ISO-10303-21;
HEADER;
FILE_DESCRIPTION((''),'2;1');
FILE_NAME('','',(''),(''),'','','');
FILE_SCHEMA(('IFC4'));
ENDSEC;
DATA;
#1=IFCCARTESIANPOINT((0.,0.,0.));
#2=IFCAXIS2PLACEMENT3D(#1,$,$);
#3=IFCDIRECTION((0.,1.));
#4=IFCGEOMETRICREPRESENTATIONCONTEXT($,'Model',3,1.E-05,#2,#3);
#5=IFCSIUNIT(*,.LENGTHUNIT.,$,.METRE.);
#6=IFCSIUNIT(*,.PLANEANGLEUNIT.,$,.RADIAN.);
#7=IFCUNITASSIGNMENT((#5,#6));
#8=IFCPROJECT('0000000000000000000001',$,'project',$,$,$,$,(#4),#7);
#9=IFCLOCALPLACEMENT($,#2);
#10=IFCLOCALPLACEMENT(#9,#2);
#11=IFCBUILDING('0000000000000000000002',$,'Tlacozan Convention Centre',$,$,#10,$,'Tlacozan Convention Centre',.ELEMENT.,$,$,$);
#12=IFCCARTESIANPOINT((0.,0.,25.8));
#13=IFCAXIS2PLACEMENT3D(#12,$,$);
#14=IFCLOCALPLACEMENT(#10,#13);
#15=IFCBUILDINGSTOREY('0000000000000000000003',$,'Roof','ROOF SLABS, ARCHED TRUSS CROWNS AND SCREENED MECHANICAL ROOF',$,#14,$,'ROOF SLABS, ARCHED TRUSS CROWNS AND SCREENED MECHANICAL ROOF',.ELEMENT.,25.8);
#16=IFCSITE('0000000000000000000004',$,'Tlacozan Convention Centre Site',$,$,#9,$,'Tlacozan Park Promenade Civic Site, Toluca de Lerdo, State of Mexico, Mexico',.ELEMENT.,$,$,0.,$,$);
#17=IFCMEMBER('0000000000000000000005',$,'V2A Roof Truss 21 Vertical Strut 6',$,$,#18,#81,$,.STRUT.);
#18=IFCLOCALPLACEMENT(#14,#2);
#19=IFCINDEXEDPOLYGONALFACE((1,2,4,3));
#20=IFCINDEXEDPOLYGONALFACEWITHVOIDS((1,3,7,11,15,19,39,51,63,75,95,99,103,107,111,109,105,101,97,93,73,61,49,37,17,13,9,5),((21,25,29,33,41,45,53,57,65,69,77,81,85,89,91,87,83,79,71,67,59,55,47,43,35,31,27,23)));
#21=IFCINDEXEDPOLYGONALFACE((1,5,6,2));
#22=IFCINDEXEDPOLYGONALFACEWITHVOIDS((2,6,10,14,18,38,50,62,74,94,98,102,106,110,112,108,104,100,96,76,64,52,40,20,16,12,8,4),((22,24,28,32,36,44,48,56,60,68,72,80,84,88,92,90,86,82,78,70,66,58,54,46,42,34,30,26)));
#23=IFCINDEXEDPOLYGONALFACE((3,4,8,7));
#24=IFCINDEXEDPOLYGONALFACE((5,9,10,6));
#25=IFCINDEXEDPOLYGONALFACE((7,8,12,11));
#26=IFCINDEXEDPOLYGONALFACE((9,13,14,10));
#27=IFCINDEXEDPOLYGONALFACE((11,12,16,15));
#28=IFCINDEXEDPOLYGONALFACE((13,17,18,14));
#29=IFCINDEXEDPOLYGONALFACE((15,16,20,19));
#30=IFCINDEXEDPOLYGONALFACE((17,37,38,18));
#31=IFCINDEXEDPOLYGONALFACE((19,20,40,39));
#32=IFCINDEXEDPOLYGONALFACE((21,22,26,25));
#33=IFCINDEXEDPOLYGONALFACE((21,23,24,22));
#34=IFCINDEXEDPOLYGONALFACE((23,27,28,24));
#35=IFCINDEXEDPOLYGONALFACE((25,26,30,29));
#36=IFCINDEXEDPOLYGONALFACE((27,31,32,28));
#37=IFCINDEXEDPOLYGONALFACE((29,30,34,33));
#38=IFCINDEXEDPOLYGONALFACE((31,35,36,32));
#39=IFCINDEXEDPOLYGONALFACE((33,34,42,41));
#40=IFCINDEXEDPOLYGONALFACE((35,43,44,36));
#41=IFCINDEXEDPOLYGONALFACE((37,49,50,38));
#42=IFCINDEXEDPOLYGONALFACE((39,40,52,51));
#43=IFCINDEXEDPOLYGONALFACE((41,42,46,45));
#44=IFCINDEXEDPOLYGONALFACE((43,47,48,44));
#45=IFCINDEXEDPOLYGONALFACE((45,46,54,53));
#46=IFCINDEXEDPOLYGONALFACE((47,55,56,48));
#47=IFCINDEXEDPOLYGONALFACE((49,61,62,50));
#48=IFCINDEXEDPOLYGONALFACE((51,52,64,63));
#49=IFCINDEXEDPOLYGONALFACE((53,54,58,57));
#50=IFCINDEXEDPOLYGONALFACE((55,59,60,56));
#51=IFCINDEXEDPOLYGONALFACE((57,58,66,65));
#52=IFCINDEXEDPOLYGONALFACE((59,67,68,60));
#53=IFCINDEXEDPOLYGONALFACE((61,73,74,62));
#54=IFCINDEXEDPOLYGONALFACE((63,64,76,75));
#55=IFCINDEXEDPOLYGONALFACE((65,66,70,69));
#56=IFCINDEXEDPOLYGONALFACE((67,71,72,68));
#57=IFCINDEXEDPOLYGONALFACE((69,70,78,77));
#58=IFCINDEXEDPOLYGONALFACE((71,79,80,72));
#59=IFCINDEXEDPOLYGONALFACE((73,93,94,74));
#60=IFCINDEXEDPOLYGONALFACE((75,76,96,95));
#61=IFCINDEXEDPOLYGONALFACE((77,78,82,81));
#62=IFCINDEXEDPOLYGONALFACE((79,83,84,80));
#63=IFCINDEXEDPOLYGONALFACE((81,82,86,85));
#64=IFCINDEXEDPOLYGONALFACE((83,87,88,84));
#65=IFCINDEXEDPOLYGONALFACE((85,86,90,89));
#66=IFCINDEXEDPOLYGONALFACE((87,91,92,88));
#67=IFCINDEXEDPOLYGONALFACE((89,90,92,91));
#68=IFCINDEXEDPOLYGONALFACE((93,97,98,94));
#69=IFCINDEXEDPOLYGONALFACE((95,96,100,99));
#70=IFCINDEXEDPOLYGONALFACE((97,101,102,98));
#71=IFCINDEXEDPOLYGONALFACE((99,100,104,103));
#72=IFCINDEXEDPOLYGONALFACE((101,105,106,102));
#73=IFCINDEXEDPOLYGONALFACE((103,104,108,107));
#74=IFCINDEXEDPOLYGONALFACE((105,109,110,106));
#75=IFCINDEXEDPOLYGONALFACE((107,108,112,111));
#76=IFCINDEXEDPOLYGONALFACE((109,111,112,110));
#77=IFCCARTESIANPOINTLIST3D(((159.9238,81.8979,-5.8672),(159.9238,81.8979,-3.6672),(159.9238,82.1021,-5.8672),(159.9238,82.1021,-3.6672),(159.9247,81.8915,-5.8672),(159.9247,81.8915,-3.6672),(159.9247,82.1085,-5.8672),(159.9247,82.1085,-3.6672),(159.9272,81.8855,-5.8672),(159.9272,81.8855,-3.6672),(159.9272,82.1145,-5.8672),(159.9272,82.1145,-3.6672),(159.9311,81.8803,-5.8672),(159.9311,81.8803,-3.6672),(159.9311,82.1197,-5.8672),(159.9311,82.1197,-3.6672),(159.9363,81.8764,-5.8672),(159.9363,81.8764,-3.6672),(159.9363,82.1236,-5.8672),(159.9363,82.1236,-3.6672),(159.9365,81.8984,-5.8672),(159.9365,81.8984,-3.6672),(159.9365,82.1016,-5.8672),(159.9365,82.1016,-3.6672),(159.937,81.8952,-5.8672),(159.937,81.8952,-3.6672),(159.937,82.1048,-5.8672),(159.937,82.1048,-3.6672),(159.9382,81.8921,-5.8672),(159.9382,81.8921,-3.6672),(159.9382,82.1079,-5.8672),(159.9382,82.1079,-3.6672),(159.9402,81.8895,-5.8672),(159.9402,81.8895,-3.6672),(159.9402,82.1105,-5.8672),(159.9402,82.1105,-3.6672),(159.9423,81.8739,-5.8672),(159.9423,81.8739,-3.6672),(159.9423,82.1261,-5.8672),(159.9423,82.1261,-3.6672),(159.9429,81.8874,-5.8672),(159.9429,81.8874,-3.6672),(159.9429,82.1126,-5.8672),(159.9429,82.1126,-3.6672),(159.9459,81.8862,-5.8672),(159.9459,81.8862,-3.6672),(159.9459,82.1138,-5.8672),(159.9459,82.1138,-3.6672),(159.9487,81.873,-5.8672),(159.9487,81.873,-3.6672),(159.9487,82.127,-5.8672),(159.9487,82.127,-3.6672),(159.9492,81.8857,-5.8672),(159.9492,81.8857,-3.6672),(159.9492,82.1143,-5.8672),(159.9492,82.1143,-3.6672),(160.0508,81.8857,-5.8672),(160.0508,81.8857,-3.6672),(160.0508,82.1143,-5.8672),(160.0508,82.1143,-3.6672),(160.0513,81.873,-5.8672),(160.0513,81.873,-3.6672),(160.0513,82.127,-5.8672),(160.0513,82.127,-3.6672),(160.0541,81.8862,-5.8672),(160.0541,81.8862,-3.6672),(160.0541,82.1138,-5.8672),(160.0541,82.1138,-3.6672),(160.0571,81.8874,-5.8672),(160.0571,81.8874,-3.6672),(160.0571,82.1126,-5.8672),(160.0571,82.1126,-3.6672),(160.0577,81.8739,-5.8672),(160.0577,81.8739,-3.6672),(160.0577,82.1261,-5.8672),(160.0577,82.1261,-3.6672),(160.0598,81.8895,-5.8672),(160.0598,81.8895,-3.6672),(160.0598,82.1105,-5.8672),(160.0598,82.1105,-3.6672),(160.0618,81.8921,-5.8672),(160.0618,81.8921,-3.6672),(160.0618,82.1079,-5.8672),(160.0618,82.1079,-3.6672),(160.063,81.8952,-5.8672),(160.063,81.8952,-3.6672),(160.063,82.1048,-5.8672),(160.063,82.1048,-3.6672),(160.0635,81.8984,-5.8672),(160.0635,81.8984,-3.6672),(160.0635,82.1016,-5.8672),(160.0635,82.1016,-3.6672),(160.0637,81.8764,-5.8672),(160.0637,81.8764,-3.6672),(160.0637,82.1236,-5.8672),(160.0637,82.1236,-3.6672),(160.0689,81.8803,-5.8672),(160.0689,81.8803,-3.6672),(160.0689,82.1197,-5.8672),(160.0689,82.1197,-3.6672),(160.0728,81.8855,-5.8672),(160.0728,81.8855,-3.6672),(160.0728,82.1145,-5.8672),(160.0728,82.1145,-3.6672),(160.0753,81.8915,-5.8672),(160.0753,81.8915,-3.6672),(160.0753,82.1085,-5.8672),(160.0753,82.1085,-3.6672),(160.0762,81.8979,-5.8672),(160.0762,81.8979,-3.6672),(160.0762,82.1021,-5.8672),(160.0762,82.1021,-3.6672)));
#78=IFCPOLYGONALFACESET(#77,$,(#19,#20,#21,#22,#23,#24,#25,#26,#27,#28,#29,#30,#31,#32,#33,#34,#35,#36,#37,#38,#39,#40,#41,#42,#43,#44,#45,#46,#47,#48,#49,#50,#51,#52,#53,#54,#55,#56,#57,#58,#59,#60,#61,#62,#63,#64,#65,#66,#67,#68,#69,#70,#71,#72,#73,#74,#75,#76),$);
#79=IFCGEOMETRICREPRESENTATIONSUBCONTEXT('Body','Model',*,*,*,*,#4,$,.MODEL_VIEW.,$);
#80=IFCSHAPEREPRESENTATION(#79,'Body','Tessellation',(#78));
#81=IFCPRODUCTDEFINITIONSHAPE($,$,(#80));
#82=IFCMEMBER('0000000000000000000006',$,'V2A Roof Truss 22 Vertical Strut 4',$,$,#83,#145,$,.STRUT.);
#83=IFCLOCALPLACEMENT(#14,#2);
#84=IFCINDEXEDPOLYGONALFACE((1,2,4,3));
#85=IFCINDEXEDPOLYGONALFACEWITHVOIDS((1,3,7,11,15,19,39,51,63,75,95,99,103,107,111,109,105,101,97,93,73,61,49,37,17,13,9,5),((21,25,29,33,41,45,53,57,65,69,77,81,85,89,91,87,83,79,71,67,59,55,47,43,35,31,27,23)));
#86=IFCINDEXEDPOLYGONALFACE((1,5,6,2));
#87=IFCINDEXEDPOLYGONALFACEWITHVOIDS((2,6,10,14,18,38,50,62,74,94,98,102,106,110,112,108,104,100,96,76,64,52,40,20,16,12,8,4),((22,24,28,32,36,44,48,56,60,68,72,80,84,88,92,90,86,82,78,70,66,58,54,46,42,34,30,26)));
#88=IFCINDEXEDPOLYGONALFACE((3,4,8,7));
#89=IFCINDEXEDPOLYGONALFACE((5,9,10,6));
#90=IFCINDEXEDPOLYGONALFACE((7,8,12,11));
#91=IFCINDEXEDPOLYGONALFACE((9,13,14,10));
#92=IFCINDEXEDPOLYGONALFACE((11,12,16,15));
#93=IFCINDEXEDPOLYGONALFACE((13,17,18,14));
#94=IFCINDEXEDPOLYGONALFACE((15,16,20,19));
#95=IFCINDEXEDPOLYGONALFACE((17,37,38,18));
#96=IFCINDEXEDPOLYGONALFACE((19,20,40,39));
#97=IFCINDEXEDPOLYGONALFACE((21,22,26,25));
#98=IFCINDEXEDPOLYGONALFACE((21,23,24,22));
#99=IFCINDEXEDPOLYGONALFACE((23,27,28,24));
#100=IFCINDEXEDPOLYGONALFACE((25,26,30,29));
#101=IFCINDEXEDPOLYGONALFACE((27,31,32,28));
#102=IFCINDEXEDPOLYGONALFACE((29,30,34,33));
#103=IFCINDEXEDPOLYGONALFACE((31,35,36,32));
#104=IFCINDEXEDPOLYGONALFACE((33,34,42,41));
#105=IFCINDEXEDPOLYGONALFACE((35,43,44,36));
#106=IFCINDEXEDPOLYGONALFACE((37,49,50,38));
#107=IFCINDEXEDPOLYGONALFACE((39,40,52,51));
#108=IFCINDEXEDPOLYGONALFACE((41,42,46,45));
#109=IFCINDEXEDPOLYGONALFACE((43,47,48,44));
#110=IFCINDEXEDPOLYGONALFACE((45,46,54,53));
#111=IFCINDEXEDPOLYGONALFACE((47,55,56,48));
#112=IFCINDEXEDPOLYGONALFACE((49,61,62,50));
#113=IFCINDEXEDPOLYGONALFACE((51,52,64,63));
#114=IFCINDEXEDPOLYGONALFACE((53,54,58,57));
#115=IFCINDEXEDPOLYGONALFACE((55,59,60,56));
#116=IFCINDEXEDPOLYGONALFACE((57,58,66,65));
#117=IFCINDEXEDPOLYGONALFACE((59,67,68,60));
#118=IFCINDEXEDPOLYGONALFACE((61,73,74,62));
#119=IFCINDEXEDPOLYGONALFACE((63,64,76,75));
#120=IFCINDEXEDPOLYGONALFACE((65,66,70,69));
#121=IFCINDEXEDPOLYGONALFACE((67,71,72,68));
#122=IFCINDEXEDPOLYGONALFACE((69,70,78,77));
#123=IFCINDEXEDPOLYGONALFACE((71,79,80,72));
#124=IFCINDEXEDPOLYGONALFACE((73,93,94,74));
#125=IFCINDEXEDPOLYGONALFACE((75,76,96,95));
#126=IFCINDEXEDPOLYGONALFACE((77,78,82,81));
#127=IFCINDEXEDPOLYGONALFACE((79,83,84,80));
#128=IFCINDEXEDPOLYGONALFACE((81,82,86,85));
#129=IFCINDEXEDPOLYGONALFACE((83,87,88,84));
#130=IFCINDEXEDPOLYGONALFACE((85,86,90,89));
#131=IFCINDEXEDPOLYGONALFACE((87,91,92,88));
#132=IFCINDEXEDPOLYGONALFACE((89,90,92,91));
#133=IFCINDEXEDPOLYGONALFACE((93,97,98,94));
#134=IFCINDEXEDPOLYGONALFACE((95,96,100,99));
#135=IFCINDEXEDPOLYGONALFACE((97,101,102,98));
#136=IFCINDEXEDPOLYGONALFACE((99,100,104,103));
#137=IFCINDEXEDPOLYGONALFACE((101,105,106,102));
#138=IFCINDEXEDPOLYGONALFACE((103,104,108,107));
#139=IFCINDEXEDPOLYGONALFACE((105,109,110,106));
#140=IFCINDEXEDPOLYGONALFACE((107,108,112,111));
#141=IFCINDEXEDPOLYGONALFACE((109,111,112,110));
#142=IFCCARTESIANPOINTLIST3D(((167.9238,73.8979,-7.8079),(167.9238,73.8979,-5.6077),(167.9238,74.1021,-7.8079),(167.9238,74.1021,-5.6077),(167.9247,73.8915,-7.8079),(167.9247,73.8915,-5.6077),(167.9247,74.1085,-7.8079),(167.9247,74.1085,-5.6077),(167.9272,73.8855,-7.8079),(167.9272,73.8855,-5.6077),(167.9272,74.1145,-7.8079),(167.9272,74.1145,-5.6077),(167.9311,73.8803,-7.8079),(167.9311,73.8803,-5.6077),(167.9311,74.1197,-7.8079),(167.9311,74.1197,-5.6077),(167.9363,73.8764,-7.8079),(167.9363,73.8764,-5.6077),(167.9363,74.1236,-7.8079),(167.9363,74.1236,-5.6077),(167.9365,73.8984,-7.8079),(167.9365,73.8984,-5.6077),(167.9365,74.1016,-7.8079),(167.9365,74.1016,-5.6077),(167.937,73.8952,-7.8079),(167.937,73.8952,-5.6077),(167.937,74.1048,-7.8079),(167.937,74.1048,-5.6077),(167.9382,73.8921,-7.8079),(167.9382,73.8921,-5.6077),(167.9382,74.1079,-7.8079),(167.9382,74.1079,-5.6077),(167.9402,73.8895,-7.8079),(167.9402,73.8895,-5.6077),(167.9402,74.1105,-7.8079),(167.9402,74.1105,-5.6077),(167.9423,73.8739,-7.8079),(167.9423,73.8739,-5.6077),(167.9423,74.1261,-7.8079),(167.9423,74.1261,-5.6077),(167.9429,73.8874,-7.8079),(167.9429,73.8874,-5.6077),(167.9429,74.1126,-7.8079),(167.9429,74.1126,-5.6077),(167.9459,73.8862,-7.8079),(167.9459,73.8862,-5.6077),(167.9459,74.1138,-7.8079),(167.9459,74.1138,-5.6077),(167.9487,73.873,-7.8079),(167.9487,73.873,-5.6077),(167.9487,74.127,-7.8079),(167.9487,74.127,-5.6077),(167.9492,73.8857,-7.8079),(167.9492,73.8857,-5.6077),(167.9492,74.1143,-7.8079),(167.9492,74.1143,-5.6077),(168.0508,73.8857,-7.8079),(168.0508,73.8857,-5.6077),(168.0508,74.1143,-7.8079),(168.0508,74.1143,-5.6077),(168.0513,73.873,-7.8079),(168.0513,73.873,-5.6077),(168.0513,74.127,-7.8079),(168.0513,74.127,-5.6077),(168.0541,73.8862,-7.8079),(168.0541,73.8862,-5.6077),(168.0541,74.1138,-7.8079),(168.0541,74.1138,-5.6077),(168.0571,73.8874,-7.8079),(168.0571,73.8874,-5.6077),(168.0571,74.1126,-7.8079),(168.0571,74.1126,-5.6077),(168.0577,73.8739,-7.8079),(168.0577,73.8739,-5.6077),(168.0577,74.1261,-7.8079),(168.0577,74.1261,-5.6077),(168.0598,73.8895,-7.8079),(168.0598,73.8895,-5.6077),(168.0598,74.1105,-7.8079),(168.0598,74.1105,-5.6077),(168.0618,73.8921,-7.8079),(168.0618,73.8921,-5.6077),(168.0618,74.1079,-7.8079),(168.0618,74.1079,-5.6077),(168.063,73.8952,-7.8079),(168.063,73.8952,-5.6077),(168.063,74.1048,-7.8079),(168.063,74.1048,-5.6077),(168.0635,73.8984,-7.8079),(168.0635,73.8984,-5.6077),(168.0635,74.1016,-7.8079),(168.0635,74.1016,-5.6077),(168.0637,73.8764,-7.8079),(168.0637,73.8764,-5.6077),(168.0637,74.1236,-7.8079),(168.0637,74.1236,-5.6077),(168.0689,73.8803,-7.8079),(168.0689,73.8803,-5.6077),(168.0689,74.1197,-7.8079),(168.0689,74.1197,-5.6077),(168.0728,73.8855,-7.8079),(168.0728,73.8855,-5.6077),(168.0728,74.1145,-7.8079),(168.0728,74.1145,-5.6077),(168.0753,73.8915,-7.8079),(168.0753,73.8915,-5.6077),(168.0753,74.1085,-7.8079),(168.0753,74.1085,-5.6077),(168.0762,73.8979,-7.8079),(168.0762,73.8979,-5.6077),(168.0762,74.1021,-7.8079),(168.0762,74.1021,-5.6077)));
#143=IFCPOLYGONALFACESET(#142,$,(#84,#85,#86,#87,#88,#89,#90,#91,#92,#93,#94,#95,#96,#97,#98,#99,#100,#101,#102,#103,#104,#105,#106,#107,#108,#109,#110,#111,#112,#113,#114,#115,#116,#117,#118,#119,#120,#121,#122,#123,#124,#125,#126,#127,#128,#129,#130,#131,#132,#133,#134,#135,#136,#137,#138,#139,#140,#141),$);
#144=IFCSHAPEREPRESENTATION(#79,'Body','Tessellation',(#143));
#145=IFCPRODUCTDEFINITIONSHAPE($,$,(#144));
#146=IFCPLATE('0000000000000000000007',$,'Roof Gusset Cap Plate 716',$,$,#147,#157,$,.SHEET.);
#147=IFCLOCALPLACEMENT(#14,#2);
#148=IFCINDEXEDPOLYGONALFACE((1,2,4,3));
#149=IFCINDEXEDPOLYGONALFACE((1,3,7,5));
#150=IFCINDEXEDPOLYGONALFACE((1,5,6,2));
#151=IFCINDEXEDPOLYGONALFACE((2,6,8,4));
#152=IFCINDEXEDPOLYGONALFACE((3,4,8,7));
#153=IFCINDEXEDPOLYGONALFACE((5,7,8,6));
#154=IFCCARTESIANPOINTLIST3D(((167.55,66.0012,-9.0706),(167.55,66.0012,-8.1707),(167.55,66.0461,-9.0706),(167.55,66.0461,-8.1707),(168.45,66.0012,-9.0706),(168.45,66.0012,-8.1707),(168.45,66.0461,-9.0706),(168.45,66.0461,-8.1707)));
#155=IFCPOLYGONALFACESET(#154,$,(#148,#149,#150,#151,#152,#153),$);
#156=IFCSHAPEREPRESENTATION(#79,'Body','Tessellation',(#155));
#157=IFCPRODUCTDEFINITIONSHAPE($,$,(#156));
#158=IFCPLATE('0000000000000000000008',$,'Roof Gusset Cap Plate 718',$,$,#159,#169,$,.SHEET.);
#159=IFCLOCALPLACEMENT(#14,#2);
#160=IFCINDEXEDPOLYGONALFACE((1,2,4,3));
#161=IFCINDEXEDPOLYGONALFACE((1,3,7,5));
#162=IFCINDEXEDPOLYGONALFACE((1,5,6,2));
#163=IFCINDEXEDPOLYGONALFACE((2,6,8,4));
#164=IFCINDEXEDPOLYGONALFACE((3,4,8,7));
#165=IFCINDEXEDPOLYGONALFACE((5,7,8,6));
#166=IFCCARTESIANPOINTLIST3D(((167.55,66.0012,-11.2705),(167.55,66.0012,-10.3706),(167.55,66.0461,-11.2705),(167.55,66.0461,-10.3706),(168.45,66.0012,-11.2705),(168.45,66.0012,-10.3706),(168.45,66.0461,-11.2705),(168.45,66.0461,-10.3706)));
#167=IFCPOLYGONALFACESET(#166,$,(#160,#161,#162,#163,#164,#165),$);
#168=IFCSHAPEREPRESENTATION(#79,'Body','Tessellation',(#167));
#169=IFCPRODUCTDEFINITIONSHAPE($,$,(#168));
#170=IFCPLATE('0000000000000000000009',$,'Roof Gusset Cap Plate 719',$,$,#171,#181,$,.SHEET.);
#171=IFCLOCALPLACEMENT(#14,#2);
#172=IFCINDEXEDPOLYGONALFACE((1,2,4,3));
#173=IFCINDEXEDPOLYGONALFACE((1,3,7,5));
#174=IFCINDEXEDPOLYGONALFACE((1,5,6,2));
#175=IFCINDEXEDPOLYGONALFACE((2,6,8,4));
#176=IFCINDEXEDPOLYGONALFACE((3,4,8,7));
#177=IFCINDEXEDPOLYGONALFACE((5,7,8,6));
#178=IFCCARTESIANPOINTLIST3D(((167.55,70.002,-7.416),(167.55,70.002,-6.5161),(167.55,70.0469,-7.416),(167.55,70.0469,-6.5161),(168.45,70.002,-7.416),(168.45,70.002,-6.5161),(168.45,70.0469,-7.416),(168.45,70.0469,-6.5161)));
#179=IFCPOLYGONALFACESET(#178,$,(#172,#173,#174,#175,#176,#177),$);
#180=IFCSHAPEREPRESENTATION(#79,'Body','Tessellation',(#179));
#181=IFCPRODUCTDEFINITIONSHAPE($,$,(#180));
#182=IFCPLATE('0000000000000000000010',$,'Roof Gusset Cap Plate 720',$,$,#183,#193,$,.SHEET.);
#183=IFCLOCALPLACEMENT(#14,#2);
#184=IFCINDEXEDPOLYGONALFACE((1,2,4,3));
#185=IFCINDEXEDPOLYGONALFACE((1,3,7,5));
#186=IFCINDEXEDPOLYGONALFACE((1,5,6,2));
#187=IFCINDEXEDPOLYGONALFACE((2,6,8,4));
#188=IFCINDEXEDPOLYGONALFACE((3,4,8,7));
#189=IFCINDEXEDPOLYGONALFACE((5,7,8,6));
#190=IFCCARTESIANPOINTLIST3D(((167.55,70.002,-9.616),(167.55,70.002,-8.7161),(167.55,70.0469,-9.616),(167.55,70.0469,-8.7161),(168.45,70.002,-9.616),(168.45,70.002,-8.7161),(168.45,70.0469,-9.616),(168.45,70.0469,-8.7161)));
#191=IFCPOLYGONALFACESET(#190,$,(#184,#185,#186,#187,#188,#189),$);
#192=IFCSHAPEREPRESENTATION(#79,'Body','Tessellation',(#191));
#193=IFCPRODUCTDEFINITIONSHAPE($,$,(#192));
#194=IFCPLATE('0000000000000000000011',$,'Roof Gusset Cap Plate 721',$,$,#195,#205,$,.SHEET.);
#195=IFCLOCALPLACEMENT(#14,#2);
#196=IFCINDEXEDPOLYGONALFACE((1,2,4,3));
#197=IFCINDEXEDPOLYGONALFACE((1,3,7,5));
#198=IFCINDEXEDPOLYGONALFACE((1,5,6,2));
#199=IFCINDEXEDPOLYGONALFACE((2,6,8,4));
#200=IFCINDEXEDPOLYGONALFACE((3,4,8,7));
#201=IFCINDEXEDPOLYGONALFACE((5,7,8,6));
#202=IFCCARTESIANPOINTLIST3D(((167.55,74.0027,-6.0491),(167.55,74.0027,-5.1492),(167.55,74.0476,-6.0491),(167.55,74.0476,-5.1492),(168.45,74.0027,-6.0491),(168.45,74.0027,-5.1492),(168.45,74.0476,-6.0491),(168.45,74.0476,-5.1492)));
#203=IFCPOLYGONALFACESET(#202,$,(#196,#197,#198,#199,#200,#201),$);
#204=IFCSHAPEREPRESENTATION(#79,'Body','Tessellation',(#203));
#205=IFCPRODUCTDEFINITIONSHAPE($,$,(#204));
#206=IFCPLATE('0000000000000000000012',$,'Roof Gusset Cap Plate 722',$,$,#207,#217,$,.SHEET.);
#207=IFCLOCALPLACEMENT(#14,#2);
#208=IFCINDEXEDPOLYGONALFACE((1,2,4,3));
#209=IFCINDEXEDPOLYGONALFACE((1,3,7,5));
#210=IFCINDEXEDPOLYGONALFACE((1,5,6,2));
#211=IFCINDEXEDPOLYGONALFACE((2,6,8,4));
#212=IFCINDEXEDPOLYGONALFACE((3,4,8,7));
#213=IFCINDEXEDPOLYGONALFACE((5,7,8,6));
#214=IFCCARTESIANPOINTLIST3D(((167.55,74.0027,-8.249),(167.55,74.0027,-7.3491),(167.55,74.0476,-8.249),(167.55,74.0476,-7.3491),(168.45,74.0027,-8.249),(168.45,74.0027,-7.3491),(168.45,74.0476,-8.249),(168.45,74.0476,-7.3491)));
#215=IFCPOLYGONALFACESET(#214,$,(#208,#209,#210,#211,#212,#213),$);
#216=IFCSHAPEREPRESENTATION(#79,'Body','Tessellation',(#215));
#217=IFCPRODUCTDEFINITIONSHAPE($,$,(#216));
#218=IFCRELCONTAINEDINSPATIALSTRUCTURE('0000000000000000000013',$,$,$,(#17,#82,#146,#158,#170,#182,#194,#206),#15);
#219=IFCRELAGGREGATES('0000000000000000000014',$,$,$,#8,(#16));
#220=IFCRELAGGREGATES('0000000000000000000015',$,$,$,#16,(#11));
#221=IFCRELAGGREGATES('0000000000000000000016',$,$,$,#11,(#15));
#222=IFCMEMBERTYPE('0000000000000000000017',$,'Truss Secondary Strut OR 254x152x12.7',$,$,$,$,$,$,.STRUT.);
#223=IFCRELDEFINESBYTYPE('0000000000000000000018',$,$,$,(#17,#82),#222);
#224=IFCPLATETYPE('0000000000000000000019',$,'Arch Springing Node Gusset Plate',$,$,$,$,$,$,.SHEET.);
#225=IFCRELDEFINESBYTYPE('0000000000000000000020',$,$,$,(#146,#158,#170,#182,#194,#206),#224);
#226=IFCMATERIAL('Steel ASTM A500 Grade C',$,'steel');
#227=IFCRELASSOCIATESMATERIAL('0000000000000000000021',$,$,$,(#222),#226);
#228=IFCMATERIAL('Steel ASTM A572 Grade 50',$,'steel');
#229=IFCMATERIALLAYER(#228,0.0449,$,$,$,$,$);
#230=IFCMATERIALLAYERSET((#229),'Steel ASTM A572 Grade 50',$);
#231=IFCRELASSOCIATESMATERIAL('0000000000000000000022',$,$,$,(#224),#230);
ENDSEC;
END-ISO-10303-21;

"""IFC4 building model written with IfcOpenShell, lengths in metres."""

from ifc_helpers import new_model, si_unit, direction, frame, origin, origin_2d, place, context, subcontext, project, spatial, rectangle, hollow_rectangle, extrude, material, layer, layer_set, material_profile, profile_set, type_object, element, save


model = new_model("IFC4")

# Units and contexts
model_context = context("Model", 3, precision=1e-05, world=origin(), true_north=direction((0.0, 1.0)))
body_context = subcontext(model_context, "Body", "Model", "MODEL_VIEW")
ifc_project = project(units=[si_unit("LENGTHUNIT", "METRE"), si_unit("PLANEANGLEUNIT", "RADIAN")], contexts=[model_context])

# Site, building, storey
site_placement = place(None, origin())
site = spatial("IfcSite", under=ifc_project, at=site_placement, Name="Tlacozan Convention Centre Site", LongName="Tlacozan Park Promenade Civic Site, Toluca de Lerdo, State of Mexico, Mexico", CompositionType="ELEMENT", RefElevation=0.0)
building_placement = place(site_placement, origin())
building = spatial("IfcBuilding", under=site, at=building_placement, Name="Tlacozan Convention Centre", LongName="Tlacozan Convention Centre", CompositionType="ELEMENT")
storey_placement = place(building_placement, frame((0.0, 0.0, 25.8)))
storey = spatial("IfcBuildingStorey", under=building, at=storey_placement, Name="Roof", Description="ROOF SLABS, ARCHED TRUSS CROWNS AND SCREENED MECHANICAL ROOF", LongName="ROOF SLABS, ARCHED TRUSS CROWNS AND SCREENED MECHANICAL ROOF", CompositionType="ELEMENT", Elevation=25.8)

# Members
ifc_material_1 = material(Name="Steel ASTM A500 Grade C", Category="steel")
ifc_material_profile_1 = material_profile(ifc_material_1, hollow_rectangle(XDim=0.1523, YDim=0.2539, WallThickness=0.0127, InnerFilletRadius=0.0127, OuterFilletRadius=0.0249, at=origin_2d()), Name="OR 254x152x12.7")
ifc_profile_set_1 = profile_set([ifc_material_profile_1], Name="Steel ASTM A500 Grade C")
member_type_1 = type_object("IfcMemberType", Name="Truss Secondary Strut OR 254x152x12.7", PredefinedType="STRUT", material=ifc_profile_set_1)
member_1_placement = place(storey_placement, frame((160.0, 82.0, -5.8672), z_axis=(0.0, 0.0, 1.0), x_axis=(1.0, 0.0, 0.0)))
element("IfcMember", 1, at=member_1_placement, inside=storey, type_object=member_type_1, Name="V2A Roof Truss 21 Vertical Strut 6", PredefinedType="STRUT", context=body_context, shape_type="SweptSolid", body=[
    extrude(hollow_rectangle(XDim=0.1523, YDim=0.2539, WallThickness=0.0127, InnerFilletRadius=0.0127, OuterFilletRadius=0.0249, at=origin_2d()), origin(), (0.0, 0.0, 1.0), 2.2),
])
member_2_placement = place(storey_placement, frame((168.0, 74.0, -7.8079), z_axis=(0.0, 0.0, 1.0), x_axis=(1.0, 0.0, 0.0)))
element("IfcMember", 2, at=member_2_placement, inside=storey, type_object=member_type_1, Name="V2A Roof Truss 22 Vertical Strut 4", PredefinedType="STRUT", context=body_context, shape_type="SweptSolid", body=[
    extrude(hollow_rectangle(XDim=0.1523, YDim=0.2539, WallThickness=0.0127, InnerFilletRadius=0.0127, OuterFilletRadius=0.0249, at=origin_2d()), origin(), (0.0, 0.0, 1.0), 2.2002),
])

# Plates
ifc_material_2 = material(Name="Steel ASTM A572 Grade 50", Category="steel")
ifc_layer = layer(ifc_material_2, 0.0449)
ifc_layer_set = layer_set([ifc_layer], Name="Steel ASTM A572 Grade 50")
plate_type = type_object("IfcPlateType", Name="Arch Springing Node Gusset Plate", PredefinedType="SHEET", material=ifc_layer_set)
for number, where, z_axis, x_axis, name in (
    (3, (168.0, 66.0237, -9.0706), (0.0, 0.0, 1.0), (0.0, 1.0, 0.0), "Roof Gusset Cap Plate 716"),
    (4, (168.0, 66.0237, -11.2705), (0.0, 0.0, 1.0), (0.0, 1.0, 0.0), "Roof Gusset Cap Plate 718"),
    (5, (168.0, 70.0244, -7.416), (0.0, 0.0, 1.0), (0.0, 1.0, 0.0), "Roof Gusset Cap Plate 719"),
    (6, (168.0, 70.0244, -9.616), (0.0, 0.0, 1.0), (0.0, 1.0, 0.0), "Roof Gusset Cap Plate 720"),
    (7, (168.0, 74.0251, -6.0491), (0.0, 0.0, 1.0), (0.0, 1.0, 0.0), "Roof Gusset Cap Plate 721"),
    (8, (168.0, 74.0251, -8.249), (0.0, 0.0, 1.0), (0.0, 1.0, 0.0), "Roof Gusset Cap Plate 722"),
):
    element("IfcPlate", number, at=place(storey_placement, frame(where, z_axis=z_axis, x_axis=x_axis)), inside=storey, type_object=plate_type, Name=name, PredefinedType="SHEET", context=body_context, shape_type="SweptSolid", body=[
        extrude(rectangle(XDim=0.0449, YDim=0.8999, at=origin_2d()), origin(), (0.0, 0.0, 1.0), 0.8999),
    ])

save(model, "model.ifc")
